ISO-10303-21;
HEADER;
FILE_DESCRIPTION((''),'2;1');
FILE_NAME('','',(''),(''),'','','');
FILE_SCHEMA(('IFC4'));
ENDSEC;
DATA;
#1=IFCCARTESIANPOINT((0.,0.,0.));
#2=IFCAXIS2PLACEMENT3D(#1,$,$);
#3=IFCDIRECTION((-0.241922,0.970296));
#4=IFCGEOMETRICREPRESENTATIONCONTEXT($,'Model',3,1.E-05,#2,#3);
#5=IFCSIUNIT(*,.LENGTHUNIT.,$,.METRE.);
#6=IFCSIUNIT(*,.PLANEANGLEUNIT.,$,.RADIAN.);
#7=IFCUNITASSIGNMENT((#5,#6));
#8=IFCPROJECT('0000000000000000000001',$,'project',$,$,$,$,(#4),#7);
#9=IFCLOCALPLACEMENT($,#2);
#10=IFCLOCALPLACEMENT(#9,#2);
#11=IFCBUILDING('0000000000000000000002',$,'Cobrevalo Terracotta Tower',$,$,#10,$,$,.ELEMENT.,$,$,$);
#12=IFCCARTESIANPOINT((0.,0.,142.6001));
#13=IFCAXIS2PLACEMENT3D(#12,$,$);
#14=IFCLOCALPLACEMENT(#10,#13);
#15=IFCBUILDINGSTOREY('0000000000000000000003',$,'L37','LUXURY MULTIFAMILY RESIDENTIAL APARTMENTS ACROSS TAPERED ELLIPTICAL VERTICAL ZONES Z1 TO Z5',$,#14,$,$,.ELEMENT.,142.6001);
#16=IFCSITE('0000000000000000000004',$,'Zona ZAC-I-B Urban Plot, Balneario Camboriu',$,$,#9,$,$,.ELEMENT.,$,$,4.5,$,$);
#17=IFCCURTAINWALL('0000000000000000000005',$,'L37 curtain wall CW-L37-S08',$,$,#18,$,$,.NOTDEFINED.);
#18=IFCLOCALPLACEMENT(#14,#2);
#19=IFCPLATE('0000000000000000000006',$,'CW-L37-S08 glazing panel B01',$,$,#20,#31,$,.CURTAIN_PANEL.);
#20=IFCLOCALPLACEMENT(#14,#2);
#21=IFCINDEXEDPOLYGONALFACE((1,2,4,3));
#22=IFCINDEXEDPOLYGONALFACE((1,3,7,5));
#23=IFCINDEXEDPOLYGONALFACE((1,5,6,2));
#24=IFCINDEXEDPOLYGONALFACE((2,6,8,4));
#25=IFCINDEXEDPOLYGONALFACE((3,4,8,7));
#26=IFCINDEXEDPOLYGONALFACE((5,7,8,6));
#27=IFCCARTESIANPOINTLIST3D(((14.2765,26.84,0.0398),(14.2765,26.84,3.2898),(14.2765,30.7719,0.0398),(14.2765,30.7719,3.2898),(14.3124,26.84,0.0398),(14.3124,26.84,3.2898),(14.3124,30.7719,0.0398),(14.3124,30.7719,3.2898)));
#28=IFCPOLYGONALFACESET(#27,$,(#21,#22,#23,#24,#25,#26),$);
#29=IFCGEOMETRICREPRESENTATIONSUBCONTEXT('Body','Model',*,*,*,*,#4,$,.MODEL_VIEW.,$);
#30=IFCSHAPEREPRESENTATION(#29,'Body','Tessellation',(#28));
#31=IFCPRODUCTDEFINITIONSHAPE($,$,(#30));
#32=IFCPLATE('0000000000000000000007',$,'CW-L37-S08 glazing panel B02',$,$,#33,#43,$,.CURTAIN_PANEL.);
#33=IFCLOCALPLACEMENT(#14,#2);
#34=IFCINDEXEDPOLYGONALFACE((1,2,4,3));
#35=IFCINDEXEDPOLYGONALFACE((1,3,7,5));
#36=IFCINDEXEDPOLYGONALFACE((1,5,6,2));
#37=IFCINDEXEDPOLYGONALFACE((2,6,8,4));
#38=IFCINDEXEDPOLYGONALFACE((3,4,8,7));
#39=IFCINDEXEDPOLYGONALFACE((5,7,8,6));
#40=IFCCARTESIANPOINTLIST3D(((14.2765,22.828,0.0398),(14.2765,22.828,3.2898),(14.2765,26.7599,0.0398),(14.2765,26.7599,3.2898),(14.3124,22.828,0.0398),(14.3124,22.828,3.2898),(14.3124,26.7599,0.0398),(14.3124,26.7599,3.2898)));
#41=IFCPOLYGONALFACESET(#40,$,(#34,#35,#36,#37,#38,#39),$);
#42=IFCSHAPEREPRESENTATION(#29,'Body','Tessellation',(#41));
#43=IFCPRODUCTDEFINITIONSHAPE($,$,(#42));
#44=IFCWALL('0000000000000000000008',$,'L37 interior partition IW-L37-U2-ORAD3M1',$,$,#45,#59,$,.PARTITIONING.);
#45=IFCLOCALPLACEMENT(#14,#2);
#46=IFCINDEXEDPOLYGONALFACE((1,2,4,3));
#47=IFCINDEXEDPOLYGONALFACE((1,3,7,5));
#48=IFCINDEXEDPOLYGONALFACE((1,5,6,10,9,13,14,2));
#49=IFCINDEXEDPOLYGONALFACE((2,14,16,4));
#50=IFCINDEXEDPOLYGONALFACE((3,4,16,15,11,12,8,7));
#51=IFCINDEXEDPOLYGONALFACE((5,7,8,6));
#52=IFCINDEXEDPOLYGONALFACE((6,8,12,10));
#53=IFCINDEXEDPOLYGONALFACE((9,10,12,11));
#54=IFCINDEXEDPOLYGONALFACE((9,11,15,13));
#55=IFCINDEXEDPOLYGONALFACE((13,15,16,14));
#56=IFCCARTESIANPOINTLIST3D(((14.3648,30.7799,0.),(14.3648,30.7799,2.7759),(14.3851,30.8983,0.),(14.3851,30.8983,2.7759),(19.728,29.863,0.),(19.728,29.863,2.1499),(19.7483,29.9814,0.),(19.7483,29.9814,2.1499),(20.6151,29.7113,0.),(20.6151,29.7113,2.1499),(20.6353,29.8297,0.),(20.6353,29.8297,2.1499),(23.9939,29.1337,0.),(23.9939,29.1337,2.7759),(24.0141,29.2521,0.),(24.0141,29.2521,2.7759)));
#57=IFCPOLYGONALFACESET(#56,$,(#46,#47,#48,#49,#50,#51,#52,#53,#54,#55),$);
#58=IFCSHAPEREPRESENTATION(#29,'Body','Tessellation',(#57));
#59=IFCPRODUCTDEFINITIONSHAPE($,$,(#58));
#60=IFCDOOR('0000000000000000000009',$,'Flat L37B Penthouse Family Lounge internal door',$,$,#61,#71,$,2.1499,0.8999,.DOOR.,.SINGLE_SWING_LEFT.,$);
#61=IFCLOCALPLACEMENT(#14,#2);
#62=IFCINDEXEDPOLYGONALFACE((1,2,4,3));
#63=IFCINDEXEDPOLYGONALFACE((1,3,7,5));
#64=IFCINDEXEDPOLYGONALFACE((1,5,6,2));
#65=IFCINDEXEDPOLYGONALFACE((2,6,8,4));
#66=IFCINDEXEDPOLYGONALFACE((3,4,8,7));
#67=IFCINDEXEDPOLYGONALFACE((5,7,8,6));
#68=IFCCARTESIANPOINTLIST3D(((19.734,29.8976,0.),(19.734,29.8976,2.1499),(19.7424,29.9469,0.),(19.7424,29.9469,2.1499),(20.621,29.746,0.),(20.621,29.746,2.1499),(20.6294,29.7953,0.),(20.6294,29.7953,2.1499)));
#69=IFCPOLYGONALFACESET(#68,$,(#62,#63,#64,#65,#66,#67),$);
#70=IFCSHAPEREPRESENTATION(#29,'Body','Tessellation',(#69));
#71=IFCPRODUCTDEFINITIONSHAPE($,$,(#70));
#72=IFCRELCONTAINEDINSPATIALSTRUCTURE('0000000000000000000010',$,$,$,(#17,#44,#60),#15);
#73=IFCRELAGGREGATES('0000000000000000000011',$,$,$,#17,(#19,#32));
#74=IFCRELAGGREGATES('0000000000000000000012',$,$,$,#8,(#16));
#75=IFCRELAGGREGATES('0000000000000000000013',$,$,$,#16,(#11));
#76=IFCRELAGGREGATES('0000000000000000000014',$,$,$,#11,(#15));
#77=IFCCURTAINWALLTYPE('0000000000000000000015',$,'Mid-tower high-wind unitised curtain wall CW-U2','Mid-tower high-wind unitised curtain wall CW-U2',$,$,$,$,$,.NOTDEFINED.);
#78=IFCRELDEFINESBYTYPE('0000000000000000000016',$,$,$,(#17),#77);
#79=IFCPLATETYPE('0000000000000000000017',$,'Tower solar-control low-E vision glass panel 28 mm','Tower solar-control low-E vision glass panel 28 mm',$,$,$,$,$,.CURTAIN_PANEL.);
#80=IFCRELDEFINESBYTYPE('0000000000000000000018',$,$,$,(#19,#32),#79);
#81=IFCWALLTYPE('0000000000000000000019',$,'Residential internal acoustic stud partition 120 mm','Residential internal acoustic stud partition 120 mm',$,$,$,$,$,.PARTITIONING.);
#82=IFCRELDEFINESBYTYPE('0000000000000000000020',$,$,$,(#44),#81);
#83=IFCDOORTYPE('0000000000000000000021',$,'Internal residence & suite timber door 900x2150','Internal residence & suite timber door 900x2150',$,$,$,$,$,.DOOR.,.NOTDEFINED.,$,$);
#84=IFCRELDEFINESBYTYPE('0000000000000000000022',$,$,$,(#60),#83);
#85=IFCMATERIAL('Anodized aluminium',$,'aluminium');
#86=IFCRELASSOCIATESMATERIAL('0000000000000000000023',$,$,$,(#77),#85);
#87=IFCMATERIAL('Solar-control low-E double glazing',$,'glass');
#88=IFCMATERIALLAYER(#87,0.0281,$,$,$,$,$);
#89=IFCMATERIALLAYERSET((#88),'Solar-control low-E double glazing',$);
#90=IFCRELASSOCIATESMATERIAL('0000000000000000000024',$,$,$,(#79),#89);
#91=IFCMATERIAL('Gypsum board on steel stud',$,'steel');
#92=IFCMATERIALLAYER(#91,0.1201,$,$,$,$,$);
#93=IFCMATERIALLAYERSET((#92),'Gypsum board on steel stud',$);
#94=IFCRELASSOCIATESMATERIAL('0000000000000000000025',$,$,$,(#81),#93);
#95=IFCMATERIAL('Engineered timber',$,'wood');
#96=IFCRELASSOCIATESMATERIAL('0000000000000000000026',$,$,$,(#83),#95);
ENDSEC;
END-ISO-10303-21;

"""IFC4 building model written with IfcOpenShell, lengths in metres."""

from ifc_helpers import new_model, si_unit, direction, frame, frame_2d, origin, origin_2d, place, context, subcontext, project, spatial, rectangle, extrude, source, transform, mapped, material, layer, layer_set, type_object, element, fill, aggregate, save


model = new_model("IFC4")

# Units and contexts
model_context = context("Model", 3, precision=1e-05, world=origin(), true_north=direction((-0.241922, 0.970296)))
body_context = subcontext(model_context, "Body", "Model", "MODEL_VIEW")
ifc_project = project(units=[si_unit("LENGTHUNIT", "METRE"), si_unit("PLANEANGLEUNIT", "RADIAN")], contexts=[model_context])

# Site, building, storey
site_placement = place(None, origin())
site = spatial("IfcSite", under=ifc_project, at=site_placement, Name="Zona ZAC-I-B Urban Plot, Balneario Camboriu", CompositionType="ELEMENT", RefElevation=4.5)
building_placement = place(site_placement, origin())
building = spatial("IfcBuilding", under=site, at=building_placement, Name="Cobrevalo Terracotta Tower", CompositionType="ELEMENT")
storey_placement = place(building_placement, frame((0.0, 0.0, 142.6001)))
storey = spatial("IfcBuildingStorey", under=building, at=storey_placement, Name="L37", Description="LUXURY MULTIFAMILY RESIDENTIAL APARTMENTS ACROSS TAPERED ELLIPTICAL VERTICAL ZONES Z1 TO Z5", CompositionType="ELEMENT", Elevation=142.6001)

# Shared definitions
ifc_material_1 = material(Name="Anodized aluminium", Category="aluminium")
curtain_wall_type = type_object("IfcCurtainWallType", Name="Mid-tower high-wind unitised curtain wall CW-U2", Description="Mid-tower high-wind unitised curtain wall CW-U2", PredefinedType="NOTDEFINED", material=ifc_material_1)

# Curtain wall
curtain_wall_1_placement = place(storey_placement, origin())
curtain_wall_1 = element("IfcCurtainWall", 1, at=curtain_wall_1_placement, inside=storey, type_object=curtain_wall_type, Name="L37 curtain wall CW-L37-S08", PredefinedType="NOTDEFINED")

# Plates
ifc_material_2 = material(Name="Solar-control low-E double glazing", Category="glass")
ifc_layer_1 = layer(ifc_material_2, 0.0281)
ifc_layer_set_1 = layer_set([ifc_layer_1], Name="Solar-control low-E double glazing")
plate_type = type_object("IfcPlateType", Name="Tower solar-control low-E vision glass panel 28 mm", Description="Tower solar-control low-E vision glass panel 28 mm", PredefinedType="CURTAIN_PANEL", material=ifc_layer_set_1)
shared_shape_1 = source(origin(), body_context, "Body", "SweptSolid", [
    extrude(rectangle(XDim=3.9319, YDim=0.0359, at=origin_2d()), origin(), (0.0, 0.0, 1.0), 3.25),
])
plate_1_placement = place(storey_placement, frame((14.2944, 28.8059, 0.0398), z_axis=(0.0, 0.0, 1.0), x_axis=(0.0, -1.0, 0.0)))
plate_1 = element("IfcPlate", 2, at=plate_1_placement, type_object=plate_type, Name="CW-L37-S08 glazing panel B01", PredefinedType="CURTAIN_PANEL", context=body_context, shape_type="MappedRepresentation", body=[
    mapped(shared_shape_1, transform((0.0, 0.0, 0.0), scale=1.0)),
])
plate_2_placement = place(storey_placement, frame((14.2944, 24.7939, 0.0398), z_axis=(0.0, 0.0, 1.0), x_axis=(0.0, -1.0, 0.0)))
plate_2 = element("IfcPlate", 3, at=plate_2_placement, type_object=plate_type, Name="CW-L37-S08 glazing panel B02", PredefinedType="CURTAIN_PANEL", context=body_context, shape_type="MappedRepresentation", body=[
    mapped(shared_shape_1, transform((0.0, 0.0, 0.0), scale=1.0)),
])
aggregate(curtain_wall_1, [plate_1, plate_2])

# Wall, opening, door
ifc_material_3 = material(Name="Gypsum board on steel stud", Category="steel")
ifc_layer_2 = layer(ifc_material_3, 0.1201)
ifc_layer_set_2 = layer_set([ifc_layer_2], Name="Gypsum board on steel stud")
wall_type = type_object("IfcWallType", Name="Residential internal acoustic stud partition 120 mm", Description="Residential internal acoustic stud partition 120 mm", PredefinedType="PARTITIONING", material=ifc_layer_set_2)
wall_placement = place(storey_placement, frame((24.0039, 29.1929, 0.0), z_axis=(0.0, 0.0, 1.0), x_axis=(-0.985698, 0.168519, 0.0)))
wall = element("IfcWall", 4, at=wall_placement, inside=storey, type_object=wall_type, Name="L37 interior partition IW-L37-U2-ORAD3M1", PredefinedType="PARTITIONING", context=body_context, shape_type="SweptSolid", body=[
    extrude(rectangle(XDim=9.7688, YDim=0.1201, at=frame_2d((4.8843, 0.0))), origin(), (0.0, 0.0, 1.0), 2.7759),
])
opening_placement = place(wall_placement, frame((3.4277, 0.0, 0.0)))
opening = element("IfcOpeningElement", 5, at=opening_placement, cuts=wall, PredefinedType="OPENING", context=body_context, shape_type="SweptSolid", body=[
    extrude(rectangle(XDim=0.8999, YDim=2.1499, at=frame_2d((0.45, 1.075))), frame((0.0, 0.0701, 0.0), z_axis=(0.0, -1.0, 0.0), x_axis=(1.0, 0.0, 0.0)), (0.0, 0.0, 1.0), 0.1401),
])
ifc_material_4 = material(Name="Engineered timber", Category="wood")
door_type = type_object("IfcDoorType", Name="Internal residence & suite timber door 900x2150", Description="Internal residence & suite timber door 900x2150", OperationType="NOTDEFINED", PredefinedType="DOOR", material=ifc_material_4)
shared_shape_2 = source(origin(), body_context, "Body", "SweptSolid", [
    extrude(rectangle(XDim=0.8999, YDim=2.1499, at=frame_2d((0.45, 1.075))), frame((0.0, 0.0249, 0.0), z_axis=(0.0, -1.0, 0.0), x_axis=(1.0, 0.0, 0.0)), (0.0, 0.0, 1.0), 0.05),
])
door_placement = place(opening_placement, origin())
door = element("IfcDoor", 6, at=door_placement, inside=storey, type_object=door_type, Name="Flat L37B Penthouse Family Lounge internal door", OperationType="SINGLE_SWING_LEFT", OverallHeight=2.1499, OverallWidth=0.8999, PredefinedType="DOOR", context=body_context, shape_type="MappedRepresentation", body=[
    mapped(shared_shape_2, transform((0.0, 0.0, 0.0), scale=1.0)),
])
fill(opening, door)

save(model, "model.ifc")
